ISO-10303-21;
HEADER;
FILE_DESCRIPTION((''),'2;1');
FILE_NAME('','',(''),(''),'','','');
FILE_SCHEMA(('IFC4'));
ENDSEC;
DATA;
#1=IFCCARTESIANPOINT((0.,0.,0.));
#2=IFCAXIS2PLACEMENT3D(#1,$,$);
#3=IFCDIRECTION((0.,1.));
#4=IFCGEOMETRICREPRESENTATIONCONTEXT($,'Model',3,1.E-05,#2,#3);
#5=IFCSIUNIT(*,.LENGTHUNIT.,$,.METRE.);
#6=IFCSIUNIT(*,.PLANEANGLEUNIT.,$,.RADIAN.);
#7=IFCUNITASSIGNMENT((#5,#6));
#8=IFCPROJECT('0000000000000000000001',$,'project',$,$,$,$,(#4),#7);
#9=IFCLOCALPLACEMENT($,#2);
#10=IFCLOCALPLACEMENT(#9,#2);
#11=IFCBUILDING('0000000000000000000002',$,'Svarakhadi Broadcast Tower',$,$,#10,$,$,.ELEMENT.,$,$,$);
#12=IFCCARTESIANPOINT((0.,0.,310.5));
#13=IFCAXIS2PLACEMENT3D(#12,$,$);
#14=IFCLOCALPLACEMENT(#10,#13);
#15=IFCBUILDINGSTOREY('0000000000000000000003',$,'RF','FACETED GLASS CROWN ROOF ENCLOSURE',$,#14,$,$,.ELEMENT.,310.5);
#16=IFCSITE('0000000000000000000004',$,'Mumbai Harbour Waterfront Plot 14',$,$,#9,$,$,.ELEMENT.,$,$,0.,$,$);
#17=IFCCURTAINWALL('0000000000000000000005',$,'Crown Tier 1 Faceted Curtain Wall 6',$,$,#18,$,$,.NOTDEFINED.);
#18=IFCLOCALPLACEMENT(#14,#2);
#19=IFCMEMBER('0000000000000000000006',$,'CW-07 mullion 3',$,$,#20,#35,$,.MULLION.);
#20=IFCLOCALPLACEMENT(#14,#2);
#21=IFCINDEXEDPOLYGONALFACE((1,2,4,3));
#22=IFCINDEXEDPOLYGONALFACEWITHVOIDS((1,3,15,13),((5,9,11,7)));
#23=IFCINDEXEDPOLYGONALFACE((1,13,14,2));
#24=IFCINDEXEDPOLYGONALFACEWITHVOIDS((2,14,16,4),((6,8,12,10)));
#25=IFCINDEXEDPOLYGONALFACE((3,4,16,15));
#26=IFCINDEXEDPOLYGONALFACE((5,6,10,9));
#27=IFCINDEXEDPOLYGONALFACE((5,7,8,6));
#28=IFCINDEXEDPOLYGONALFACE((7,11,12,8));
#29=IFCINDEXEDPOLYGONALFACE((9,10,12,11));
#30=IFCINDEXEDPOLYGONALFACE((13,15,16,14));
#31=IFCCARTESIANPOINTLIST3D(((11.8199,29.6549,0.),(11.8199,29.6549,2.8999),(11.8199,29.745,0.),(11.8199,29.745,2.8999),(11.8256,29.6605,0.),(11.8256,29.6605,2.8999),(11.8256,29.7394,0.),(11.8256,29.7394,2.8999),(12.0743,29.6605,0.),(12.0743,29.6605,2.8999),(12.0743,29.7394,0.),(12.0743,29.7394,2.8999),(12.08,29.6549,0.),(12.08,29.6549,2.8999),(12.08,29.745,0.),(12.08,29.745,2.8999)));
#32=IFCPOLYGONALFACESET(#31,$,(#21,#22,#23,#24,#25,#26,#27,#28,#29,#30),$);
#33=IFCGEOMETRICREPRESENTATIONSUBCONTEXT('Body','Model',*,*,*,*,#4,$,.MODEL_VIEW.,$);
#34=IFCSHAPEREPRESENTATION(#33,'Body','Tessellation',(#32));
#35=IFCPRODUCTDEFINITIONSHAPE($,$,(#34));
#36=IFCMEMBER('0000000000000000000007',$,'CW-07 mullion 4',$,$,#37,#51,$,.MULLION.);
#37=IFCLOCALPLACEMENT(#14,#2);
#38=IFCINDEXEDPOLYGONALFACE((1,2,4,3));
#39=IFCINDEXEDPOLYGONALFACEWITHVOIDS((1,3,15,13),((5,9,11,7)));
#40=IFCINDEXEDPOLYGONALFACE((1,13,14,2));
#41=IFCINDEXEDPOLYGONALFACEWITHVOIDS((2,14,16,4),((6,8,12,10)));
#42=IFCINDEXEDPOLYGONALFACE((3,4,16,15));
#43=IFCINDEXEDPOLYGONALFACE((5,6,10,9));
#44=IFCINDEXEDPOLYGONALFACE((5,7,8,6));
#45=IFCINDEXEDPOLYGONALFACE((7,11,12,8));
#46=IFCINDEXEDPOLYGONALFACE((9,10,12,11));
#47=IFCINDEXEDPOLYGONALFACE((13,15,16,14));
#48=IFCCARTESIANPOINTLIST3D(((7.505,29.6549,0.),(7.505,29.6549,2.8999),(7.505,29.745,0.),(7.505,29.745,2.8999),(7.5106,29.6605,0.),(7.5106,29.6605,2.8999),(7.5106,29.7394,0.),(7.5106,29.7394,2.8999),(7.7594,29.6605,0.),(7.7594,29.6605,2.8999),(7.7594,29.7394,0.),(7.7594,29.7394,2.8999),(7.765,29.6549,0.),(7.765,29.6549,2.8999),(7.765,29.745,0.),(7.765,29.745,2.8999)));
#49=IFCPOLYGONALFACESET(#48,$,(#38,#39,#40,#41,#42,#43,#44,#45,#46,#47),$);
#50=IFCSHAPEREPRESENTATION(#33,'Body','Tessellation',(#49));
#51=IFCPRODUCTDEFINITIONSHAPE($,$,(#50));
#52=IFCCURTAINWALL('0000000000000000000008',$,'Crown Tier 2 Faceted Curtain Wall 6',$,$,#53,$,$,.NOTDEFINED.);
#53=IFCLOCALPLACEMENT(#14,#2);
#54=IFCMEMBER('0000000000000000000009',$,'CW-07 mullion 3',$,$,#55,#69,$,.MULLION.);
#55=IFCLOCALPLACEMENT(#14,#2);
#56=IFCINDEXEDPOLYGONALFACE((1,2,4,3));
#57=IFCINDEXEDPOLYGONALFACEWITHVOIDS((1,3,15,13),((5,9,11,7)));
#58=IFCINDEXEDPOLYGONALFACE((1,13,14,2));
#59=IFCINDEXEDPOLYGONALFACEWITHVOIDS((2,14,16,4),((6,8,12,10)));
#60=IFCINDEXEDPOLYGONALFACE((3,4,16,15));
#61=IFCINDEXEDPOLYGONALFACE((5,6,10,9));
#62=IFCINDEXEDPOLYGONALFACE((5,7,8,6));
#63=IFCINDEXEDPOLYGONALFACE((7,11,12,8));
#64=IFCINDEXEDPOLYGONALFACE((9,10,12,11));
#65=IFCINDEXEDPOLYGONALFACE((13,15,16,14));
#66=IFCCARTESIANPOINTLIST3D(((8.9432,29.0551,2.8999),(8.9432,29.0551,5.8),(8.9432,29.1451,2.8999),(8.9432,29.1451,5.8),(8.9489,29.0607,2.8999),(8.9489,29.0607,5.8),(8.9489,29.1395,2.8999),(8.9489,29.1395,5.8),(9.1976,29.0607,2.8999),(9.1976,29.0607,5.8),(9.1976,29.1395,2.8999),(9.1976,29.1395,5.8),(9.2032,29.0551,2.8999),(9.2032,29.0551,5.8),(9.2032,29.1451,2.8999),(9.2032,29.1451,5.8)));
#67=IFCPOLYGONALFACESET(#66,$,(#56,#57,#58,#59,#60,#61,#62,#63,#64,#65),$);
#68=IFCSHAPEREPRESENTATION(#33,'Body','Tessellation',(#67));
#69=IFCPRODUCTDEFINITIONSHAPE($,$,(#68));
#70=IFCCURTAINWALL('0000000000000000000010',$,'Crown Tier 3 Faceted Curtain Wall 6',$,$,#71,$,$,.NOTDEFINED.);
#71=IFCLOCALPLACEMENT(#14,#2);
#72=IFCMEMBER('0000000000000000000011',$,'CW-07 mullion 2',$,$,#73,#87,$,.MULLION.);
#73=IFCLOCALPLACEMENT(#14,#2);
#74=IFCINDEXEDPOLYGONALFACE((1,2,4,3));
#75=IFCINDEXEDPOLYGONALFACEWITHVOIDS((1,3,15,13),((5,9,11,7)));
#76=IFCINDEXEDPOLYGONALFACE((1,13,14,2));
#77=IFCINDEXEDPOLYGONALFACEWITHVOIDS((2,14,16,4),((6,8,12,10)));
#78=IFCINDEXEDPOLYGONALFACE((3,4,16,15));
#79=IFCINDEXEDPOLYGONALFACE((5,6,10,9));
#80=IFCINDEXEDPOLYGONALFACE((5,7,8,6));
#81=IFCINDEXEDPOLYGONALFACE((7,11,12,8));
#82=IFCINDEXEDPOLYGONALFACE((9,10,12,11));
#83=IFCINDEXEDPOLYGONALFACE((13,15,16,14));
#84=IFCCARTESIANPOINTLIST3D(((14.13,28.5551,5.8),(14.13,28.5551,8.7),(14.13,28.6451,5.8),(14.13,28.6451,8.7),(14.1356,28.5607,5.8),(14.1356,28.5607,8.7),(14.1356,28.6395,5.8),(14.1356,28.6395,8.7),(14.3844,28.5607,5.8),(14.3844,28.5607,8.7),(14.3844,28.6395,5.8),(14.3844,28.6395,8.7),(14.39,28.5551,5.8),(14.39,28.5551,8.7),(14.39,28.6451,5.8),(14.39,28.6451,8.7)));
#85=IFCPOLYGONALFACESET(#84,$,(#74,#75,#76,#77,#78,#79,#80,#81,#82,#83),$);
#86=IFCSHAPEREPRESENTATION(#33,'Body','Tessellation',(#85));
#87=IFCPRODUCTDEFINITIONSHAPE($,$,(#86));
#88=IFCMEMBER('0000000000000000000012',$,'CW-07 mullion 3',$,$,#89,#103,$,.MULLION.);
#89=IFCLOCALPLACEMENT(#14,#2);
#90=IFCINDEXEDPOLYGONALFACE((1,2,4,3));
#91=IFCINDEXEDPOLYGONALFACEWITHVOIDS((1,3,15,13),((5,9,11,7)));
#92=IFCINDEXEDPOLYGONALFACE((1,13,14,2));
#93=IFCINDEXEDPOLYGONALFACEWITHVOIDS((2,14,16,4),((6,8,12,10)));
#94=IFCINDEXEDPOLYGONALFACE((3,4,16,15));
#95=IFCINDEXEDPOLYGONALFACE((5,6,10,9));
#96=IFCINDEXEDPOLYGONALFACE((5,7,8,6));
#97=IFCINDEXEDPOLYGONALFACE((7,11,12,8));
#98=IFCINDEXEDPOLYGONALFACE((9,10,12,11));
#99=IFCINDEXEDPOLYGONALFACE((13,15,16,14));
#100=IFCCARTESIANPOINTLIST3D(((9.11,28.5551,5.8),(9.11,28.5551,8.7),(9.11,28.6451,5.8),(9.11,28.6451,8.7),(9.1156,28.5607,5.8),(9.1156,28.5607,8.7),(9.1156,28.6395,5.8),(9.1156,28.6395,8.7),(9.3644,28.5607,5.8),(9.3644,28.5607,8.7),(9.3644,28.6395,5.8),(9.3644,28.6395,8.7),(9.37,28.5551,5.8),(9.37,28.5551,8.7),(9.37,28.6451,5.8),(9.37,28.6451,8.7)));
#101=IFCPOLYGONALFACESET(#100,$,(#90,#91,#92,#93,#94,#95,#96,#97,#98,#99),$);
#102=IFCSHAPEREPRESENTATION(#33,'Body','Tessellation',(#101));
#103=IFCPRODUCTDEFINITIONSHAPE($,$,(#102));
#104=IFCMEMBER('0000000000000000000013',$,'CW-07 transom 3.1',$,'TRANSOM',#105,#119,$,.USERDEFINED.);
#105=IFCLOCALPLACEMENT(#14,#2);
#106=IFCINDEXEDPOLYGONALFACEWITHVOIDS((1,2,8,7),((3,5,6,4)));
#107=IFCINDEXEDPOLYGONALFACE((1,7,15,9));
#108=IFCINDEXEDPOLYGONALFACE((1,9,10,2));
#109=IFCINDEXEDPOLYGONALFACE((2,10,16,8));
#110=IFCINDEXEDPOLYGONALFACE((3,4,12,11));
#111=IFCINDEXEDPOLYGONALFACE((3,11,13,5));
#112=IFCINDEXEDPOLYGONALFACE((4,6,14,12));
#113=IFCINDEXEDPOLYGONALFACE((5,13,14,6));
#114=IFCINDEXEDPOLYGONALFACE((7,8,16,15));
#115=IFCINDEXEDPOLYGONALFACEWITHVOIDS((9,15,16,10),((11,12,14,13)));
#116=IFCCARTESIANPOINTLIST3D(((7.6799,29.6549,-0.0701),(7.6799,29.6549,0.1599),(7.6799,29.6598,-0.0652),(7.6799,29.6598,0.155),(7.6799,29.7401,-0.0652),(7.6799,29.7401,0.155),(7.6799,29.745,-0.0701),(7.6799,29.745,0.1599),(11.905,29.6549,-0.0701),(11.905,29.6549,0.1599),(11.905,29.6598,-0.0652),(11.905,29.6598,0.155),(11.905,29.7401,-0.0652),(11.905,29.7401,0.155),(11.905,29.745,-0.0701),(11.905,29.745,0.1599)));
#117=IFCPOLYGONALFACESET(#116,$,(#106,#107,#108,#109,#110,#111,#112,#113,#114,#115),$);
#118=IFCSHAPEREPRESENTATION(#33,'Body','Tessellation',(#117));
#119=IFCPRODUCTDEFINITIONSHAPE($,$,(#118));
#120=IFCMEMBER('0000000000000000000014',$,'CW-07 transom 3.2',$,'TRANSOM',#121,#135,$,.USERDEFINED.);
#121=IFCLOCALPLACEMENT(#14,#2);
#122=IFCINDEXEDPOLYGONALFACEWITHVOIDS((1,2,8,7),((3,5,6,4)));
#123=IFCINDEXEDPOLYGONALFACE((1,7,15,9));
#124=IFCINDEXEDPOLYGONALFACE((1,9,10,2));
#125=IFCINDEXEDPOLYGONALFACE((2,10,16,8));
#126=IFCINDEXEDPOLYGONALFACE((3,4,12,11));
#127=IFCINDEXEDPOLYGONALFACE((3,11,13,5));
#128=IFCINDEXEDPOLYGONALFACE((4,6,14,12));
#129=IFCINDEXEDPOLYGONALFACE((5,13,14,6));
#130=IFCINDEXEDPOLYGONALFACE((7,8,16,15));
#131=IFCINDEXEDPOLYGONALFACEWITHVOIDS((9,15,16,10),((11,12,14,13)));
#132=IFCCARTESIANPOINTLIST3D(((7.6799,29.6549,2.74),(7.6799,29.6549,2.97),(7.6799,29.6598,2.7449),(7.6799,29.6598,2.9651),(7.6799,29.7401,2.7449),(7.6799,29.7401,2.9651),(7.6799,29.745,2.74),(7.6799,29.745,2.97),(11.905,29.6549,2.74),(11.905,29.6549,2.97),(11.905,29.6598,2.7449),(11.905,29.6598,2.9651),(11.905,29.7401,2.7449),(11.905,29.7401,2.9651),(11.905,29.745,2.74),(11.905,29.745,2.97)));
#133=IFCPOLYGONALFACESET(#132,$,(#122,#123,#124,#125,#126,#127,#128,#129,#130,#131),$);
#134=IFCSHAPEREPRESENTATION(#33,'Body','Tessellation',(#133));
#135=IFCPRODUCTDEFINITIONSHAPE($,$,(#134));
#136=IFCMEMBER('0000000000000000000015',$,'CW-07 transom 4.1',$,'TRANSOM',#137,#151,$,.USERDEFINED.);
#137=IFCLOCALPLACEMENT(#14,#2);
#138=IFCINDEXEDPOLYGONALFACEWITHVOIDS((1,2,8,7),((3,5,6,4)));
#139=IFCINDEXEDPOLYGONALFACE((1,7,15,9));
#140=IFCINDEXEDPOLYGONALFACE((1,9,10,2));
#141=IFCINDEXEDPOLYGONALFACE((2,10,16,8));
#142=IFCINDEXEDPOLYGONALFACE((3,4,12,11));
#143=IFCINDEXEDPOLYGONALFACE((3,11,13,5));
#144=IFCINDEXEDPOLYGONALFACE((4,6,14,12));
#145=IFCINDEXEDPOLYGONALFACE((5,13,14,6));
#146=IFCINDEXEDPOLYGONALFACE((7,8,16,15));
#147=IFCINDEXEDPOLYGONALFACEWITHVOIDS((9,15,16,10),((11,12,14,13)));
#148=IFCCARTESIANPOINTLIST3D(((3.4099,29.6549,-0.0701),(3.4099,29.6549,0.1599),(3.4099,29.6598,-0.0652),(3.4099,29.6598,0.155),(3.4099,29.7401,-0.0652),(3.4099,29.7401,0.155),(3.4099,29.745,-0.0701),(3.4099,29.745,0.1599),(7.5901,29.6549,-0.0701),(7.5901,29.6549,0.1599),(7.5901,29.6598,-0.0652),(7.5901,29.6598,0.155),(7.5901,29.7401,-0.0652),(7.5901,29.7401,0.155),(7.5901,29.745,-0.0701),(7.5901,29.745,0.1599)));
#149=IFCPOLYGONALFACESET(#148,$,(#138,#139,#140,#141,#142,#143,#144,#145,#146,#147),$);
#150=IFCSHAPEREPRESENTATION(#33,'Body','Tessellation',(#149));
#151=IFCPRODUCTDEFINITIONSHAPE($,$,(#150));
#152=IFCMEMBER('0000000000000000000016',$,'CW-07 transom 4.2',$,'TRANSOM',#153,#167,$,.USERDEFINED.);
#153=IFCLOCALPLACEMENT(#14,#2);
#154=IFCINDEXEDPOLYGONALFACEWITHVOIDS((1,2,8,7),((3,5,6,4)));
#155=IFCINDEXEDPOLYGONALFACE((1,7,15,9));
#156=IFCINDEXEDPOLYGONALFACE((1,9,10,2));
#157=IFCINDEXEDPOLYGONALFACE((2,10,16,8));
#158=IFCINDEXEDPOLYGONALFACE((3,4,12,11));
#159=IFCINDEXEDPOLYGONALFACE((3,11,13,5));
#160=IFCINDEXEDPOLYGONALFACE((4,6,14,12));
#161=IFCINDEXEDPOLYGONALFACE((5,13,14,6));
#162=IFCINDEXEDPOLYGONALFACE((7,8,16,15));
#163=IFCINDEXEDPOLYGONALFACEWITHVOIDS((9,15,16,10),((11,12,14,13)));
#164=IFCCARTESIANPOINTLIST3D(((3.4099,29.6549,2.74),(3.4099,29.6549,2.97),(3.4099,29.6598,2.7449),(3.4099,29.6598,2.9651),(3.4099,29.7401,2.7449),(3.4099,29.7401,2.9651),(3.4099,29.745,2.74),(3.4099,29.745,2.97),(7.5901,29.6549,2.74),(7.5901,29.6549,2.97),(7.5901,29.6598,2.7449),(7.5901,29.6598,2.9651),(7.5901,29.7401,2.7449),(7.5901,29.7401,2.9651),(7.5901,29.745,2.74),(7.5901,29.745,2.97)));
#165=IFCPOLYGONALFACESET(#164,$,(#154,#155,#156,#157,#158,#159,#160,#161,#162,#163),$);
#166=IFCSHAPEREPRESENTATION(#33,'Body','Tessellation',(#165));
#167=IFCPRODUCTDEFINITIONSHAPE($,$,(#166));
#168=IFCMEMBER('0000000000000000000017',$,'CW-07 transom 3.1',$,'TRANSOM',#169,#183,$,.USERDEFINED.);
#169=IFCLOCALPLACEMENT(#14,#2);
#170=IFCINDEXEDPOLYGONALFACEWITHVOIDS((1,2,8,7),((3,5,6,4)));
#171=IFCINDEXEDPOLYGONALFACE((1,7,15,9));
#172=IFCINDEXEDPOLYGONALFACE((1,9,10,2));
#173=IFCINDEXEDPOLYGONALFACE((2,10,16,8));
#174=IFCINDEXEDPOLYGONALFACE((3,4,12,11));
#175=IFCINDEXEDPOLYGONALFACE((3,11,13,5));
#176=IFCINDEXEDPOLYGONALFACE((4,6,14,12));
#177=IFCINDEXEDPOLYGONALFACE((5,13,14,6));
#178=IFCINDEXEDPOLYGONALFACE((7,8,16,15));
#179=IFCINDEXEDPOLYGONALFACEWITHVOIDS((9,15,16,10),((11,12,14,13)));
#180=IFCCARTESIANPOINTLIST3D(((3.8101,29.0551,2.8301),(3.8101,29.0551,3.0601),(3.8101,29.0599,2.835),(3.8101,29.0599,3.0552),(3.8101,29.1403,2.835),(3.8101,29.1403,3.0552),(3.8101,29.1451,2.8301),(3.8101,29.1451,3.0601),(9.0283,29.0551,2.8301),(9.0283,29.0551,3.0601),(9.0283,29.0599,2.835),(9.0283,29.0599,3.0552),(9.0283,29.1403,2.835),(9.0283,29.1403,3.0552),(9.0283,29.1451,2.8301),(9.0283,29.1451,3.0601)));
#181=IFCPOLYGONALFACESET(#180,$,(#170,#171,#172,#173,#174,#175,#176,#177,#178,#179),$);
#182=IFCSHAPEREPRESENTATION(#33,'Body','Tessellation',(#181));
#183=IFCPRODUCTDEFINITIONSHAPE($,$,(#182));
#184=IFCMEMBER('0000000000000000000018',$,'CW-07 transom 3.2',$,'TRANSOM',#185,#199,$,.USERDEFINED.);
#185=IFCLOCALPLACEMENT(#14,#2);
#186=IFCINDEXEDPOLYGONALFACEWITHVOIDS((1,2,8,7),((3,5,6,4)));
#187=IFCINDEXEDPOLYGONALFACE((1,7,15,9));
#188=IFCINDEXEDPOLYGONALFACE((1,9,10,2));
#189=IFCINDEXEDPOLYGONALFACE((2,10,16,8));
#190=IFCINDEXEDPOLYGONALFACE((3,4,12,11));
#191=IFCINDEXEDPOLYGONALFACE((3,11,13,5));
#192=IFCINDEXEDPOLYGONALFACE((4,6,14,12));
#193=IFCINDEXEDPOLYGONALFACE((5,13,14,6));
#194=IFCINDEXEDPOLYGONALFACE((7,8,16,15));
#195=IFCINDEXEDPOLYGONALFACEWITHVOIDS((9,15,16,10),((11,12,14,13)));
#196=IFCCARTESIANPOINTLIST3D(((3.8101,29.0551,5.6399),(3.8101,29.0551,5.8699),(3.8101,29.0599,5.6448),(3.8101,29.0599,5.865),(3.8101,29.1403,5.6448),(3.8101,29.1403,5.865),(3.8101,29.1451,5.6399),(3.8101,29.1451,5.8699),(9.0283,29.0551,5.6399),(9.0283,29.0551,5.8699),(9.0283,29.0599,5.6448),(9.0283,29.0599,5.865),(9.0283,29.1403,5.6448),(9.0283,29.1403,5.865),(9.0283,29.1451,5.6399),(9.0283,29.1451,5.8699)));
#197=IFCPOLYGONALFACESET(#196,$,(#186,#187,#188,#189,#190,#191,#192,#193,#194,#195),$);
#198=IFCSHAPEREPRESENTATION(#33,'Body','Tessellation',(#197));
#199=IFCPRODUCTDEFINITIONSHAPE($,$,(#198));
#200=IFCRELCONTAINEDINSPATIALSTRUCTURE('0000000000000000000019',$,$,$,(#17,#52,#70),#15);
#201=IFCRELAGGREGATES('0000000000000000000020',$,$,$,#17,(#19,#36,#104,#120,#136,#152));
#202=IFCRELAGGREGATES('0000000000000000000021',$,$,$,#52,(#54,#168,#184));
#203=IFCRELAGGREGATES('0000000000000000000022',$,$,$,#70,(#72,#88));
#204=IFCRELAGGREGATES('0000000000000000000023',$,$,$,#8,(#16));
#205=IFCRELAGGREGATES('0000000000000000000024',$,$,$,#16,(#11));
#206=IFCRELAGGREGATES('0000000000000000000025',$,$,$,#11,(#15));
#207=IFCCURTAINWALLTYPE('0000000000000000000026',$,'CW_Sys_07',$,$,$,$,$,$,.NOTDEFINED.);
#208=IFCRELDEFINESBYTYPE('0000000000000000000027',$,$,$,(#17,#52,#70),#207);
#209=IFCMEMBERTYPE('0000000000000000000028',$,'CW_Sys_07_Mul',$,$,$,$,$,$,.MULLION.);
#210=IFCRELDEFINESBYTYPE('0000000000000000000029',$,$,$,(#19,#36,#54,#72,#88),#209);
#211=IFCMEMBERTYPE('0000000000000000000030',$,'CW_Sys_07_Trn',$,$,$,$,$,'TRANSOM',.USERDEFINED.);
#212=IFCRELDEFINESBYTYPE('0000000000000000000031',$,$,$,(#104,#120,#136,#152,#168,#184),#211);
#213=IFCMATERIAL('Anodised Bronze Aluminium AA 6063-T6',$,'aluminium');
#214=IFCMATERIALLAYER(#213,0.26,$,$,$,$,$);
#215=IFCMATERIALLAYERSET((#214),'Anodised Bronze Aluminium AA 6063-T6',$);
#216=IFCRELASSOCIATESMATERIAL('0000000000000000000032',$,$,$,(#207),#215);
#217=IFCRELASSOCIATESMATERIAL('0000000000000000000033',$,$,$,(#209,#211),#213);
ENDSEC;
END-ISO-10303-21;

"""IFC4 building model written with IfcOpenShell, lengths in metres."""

from ifc_helpers import new_model, si_unit, direction, frame, origin, origin_2d, place, context, subcontext, project, spatial, hollow_rectangle, extrude, material, layer, layer_set, material_profile, profile_set, type_object, element, aggregate, save


model = new_model("IFC4")

# Units and contexts
model_context = context("Model", 3, precision=1e-05, world=origin(), true_north=direction((0.0, 1.0)))
body_context = subcontext(model_context, "Body", "Model", "MODEL_VIEW")
ifc_project = project(units=[si_unit("LENGTHUNIT", "METRE"), si_unit("PLANEANGLEUNIT", "RADIAN")], contexts=[model_context])

# Site, building, storey
site_placement = place(None, origin())
site = spatial("IfcSite", under=ifc_project, at=site_placement, Name="Mumbai Harbour Waterfront Plot 14", CompositionType="ELEMENT", RefElevation=0.0)
building_placement = place(site_placement, origin())
building = spatial("IfcBuilding", under=site, at=building_placement, Name="Svarakhadi Broadcast Tower", CompositionType="ELEMENT")
storey_placement = place(building_placement, frame((0.0, 0.0, 310.5)))
storey = spatial("IfcBuildingStorey", under=building, at=storey_placement, Name="RF", Description="FACETED GLASS CROWN ROOF ENCLOSURE", CompositionType="ELEMENT", Elevation=310.5)

# Curtain wall, members
ifc_material_1 = material(Name="Anodised Bronze Aluminium AA 6063-T6", Category="aluminium")
ifc_layer_1 = layer(ifc_material_1, 0.26)
ifc_layer_set_1 = layer_set([ifc_layer_1], Name="Anodised Bronze Aluminium AA 6063-T6")
curtain_wall_type = type_object("IfcCurtainWallType", Name="CW_Sys_07", PredefinedType="NOTDEFINED", material=ifc_layer_set_1)
curtain_wall_1_placement = place(storey_placement, origin())
curtain_wall_1 = element("IfcCurtainWall", 1, at=curtain_wall_1_placement, inside=storey, type_object=curtain_wall_type, Name="Crown Tier 1 Faceted Curtain Wall 6", PredefinedType="NOTDEFINED")
ifc_material_profile_1 = material_profile(ifc_material_1, hollow_rectangle(XDim=0.0901, YDim=0.26, WallThickness=0.0056, at=origin_2d()), Name="ALU MULLION 260x90x6")
ifc_profile_set_1 = profile_set([ifc_material_profile_1], Name="Anodised Bronze Aluminium AA 6063-T6")
member_type_1 = type_object("IfcMemberType", Name="CW_Sys_07_Mul", PredefinedType="MULLION", material=ifc_profile_set_1)
member_1_placement = place(storey_placement, frame((11.95, 29.7, 0.0), z_axis=(0.0, 0.0, 1.0), x_axis=(0.0, -1.0, 0.0)))
member_1 = element("IfcMember", 2, at=member_1_placement, type_object=member_type_1, Name="CW-07 mullion 3", PredefinedType="MULLION", context=body_context, shape_type="SweptSolid", body=[
    extrude(hollow_rectangle(XDim=0.0901, YDim=0.26, WallThickness=0.0056, at=origin_2d()), origin(), (0.0, 0.0, 1.0), 2.8999),
])
member_2_placement = place(storey_placement, frame((7.635, 29.7, 0.0), z_axis=(0.0, 0.0, 1.0), x_axis=(0.0, -1.0, 0.0)))
member_2 = element("IfcMember", 3, at=member_2_placement, type_object=member_type_1, Name="CW-07 mullion 4", PredefinedType="MULLION", context=body_context, shape_type="SweptSolid", body=[
    extrude(hollow_rectangle(XDim=0.0901, YDim=0.26, WallThickness=0.0056, at=origin_2d()), origin(), (0.0, 0.0, 1.0), 2.8999),
])

# Curtain wall, member
curtain_wall_2_placement = place(storey_placement, origin())
curtain_wall_2 = element("IfcCurtainWall", 4, at=curtain_wall_2_placement, inside=storey, type_object=curtain_wall_type, Name="Crown Tier 2 Faceted Curtain Wall 6", PredefinedType="NOTDEFINED")
member_3_placement = place(storey_placement, frame((9.0732, 29.1001, 2.8999), z_axis=(0.0, 0.0, 1.0), x_axis=(0.0, -1.0, 0.0)))
member_3 = element("IfcMember", 5, at=member_3_placement, type_object=member_type_1, Name="CW-07 mullion 3", PredefinedType="MULLION", context=body_context, shape_type="SweptSolid", body=[
    extrude(hollow_rectangle(XDim=0.0901, YDim=0.26, WallThickness=0.0056, at=origin_2d()), origin(), (0.0, 0.0, 1.0), 2.9001),
])

# Curtain wall, members
curtain_wall_3_placement = place(storey_placement, origin())
curtain_wall_3 = element("IfcCurtainWall", 6, at=curtain_wall_3_placement, inside=storey, type_object=curtain_wall_type, Name="Crown Tier 3 Faceted Curtain Wall 6", PredefinedType="NOTDEFINED")
member_4_placement = place(storey_placement, frame((14.26, 28.6001, 5.8), z_axis=(0.0, 0.0, 1.0), x_axis=(0.0, -1.0, 0.0)))
member_4 = element("IfcMember", 7, at=member_4_placement, type_object=member_type_1, Name="CW-07 mullion 2", PredefinedType="MULLION", context=body_context, shape_type="SweptSolid", body=[
    extrude(hollow_rectangle(XDim=0.0901, YDim=0.26, WallThickness=0.0056, at=origin_2d()), origin(), (0.0, 0.0, 1.0), 2.8999),
])
member_5_placement = place(storey_placement, frame((9.24, 28.6001, 5.8), z_axis=(0.0, 0.0, 1.0), x_axis=(0.0, -1.0, 0.0)))
member_5 = element("IfcMember", 8, at=member_5_placement, type_object=member_type_1, Name="CW-07 mullion 3", PredefinedType="MULLION", context=body_context, shape_type="SweptSolid", body=[
    extrude(hollow_rectangle(XDim=0.0901, YDim=0.26, WallThickness=0.0056, at=origin_2d()), origin(), (0.0, 0.0, 1.0), 2.8999),
])

# Members
ifc_material_profile_2 = material_profile(ifc_material_1, hollow_rectangle(XDim=0.0901, YDim=0.23, WallThickness=0.0049, at=origin_2d()), Name="ALU TRANSOM 230x90x5")
ifc_profile_set_2 = profile_set([ifc_material_profile_2], Name="Anodised Bronze Aluminium AA 6063-T6")
member_type_2 = type_object("IfcMemberType", Name="CW_Sys_07_Trn", ElementType="TRANSOM", PredefinedType="USERDEFINED", material=ifc_profile_set_2)
member_6_placement = place(storey_placement, frame((11.905, 29.7, 0.0449), z_axis=(-1.0, 0.0, 0.0), x_axis=(0.0, -1.0, 0.0)))
member_6 = element("IfcMember", 9, at=member_6_placement, type_object=member_type_2, Name="CW-07 transom 3.1", ObjectType="TRANSOM", PredefinedType="USERDEFINED", context=body_context, shape_type="SweptSolid", body=[
    extrude(hollow_rectangle(XDim=0.0901, YDim=0.23, WallThickness=0.0049, at=origin_2d()), origin(), (0.0, 0.0, 1.0), 4.2251),
])
member_7_placement = place(storey_placement, frame((11.905, 29.7, 2.855), z_axis=(-1.0, 0.0, 0.0), x_axis=(0.0, -1.0, 0.0)))
member_7 = element("IfcMember", 10, at=member_7_placement, type_object=member_type_2, Name="CW-07 transom 3.2", ObjectType="TRANSOM", PredefinedType="USERDEFINED", context=body_context, shape_type="SweptSolid", body=[
    extrude(hollow_rectangle(XDim=0.0901, YDim=0.23, WallThickness=0.0049, at=origin_2d()), origin(), (0.0, 0.0, 1.0), 4.2251),
])
member_8_placement = place(storey_placement, frame((7.5901, 29.7, 0.0449), z_axis=(-1.0, 0.0, 0.0), x_axis=(0.0, -1.0, 0.0)))
member_8 = element("IfcMember", 11, at=member_8_placement, type_object=member_type_2, Name="CW-07 transom 4.1", ObjectType="TRANSOM", PredefinedType="USERDEFINED", context=body_context, shape_type="SweptSolid", body=[
    extrude(hollow_rectangle(XDim=0.0901, YDim=0.23, WallThickness=0.0049, at=origin_2d()), origin(), (0.0, 0.0, 1.0), 4.1802),
])
member_9_placement = place(storey_placement, frame((7.5901, 29.7, 2.855), z_axis=(-1.0, 0.0, 0.0), x_axis=(0.0, -1.0, 0.0)))
member_9 = element("IfcMember", 12, at=member_9_placement, type_object=member_type_2, Name="CW-07 transom 4.2", ObjectType="TRANSOM", PredefinedType="USERDEFINED", context=body_context, shape_type="SweptSolid", body=[
    extrude(hollow_rectangle(XDim=0.0901, YDim=0.23, WallThickness=0.0049, at=origin_2d()), origin(), (0.0, 0.0, 1.0), 4.1802),
])
member_10_placement = place(storey_placement, frame((9.0283, 29.1001, 2.9451), z_axis=(-1.0, 0.0, 0.0), x_axis=(0.0, -1.0, 0.0)))
member_10 = element("IfcMember", 13, at=member_10_placement, type_object=member_type_2, Name="CW-07 transom 3.1", ObjectType="TRANSOM", PredefinedType="USERDEFINED", context=body_context, shape_type="SweptSolid", body=[
    extrude(hollow_rectangle(XDim=0.0901, YDim=0.23, WallThickness=0.0049, at=origin_2d()), origin(), (0.0, 0.0, 1.0), 5.2183),
])
member_11_placement = place(storey_placement, frame((9.0283, 29.1001, 5.7549), z_axis=(-1.0, 0.0, 0.0), x_axis=(0.0, -1.0, 0.0)))
member_11 = element("IfcMember", 14, at=member_11_placement, type_object=member_type_2, Name="CW-07 transom 3.2", ObjectType="TRANSOM", PredefinedType="USERDEFINED", context=body_context, shape_type="SweptSolid", body=[
    extrude(hollow_rectangle(XDim=0.0901, YDim=0.23, WallThickness=0.0049, at=origin_2d()), origin(), (0.0, 0.0, 1.0), 5.2183),
])

aggregate(curtain_wall_1, [member_1, member_2, member_6, member_7, member_8, member_9])
aggregate(curtain_wall_2, [member_3, member_10, member_11])
aggregate(curtain_wall_3, [member_4, member_5])

save(model, "model.ifc")
